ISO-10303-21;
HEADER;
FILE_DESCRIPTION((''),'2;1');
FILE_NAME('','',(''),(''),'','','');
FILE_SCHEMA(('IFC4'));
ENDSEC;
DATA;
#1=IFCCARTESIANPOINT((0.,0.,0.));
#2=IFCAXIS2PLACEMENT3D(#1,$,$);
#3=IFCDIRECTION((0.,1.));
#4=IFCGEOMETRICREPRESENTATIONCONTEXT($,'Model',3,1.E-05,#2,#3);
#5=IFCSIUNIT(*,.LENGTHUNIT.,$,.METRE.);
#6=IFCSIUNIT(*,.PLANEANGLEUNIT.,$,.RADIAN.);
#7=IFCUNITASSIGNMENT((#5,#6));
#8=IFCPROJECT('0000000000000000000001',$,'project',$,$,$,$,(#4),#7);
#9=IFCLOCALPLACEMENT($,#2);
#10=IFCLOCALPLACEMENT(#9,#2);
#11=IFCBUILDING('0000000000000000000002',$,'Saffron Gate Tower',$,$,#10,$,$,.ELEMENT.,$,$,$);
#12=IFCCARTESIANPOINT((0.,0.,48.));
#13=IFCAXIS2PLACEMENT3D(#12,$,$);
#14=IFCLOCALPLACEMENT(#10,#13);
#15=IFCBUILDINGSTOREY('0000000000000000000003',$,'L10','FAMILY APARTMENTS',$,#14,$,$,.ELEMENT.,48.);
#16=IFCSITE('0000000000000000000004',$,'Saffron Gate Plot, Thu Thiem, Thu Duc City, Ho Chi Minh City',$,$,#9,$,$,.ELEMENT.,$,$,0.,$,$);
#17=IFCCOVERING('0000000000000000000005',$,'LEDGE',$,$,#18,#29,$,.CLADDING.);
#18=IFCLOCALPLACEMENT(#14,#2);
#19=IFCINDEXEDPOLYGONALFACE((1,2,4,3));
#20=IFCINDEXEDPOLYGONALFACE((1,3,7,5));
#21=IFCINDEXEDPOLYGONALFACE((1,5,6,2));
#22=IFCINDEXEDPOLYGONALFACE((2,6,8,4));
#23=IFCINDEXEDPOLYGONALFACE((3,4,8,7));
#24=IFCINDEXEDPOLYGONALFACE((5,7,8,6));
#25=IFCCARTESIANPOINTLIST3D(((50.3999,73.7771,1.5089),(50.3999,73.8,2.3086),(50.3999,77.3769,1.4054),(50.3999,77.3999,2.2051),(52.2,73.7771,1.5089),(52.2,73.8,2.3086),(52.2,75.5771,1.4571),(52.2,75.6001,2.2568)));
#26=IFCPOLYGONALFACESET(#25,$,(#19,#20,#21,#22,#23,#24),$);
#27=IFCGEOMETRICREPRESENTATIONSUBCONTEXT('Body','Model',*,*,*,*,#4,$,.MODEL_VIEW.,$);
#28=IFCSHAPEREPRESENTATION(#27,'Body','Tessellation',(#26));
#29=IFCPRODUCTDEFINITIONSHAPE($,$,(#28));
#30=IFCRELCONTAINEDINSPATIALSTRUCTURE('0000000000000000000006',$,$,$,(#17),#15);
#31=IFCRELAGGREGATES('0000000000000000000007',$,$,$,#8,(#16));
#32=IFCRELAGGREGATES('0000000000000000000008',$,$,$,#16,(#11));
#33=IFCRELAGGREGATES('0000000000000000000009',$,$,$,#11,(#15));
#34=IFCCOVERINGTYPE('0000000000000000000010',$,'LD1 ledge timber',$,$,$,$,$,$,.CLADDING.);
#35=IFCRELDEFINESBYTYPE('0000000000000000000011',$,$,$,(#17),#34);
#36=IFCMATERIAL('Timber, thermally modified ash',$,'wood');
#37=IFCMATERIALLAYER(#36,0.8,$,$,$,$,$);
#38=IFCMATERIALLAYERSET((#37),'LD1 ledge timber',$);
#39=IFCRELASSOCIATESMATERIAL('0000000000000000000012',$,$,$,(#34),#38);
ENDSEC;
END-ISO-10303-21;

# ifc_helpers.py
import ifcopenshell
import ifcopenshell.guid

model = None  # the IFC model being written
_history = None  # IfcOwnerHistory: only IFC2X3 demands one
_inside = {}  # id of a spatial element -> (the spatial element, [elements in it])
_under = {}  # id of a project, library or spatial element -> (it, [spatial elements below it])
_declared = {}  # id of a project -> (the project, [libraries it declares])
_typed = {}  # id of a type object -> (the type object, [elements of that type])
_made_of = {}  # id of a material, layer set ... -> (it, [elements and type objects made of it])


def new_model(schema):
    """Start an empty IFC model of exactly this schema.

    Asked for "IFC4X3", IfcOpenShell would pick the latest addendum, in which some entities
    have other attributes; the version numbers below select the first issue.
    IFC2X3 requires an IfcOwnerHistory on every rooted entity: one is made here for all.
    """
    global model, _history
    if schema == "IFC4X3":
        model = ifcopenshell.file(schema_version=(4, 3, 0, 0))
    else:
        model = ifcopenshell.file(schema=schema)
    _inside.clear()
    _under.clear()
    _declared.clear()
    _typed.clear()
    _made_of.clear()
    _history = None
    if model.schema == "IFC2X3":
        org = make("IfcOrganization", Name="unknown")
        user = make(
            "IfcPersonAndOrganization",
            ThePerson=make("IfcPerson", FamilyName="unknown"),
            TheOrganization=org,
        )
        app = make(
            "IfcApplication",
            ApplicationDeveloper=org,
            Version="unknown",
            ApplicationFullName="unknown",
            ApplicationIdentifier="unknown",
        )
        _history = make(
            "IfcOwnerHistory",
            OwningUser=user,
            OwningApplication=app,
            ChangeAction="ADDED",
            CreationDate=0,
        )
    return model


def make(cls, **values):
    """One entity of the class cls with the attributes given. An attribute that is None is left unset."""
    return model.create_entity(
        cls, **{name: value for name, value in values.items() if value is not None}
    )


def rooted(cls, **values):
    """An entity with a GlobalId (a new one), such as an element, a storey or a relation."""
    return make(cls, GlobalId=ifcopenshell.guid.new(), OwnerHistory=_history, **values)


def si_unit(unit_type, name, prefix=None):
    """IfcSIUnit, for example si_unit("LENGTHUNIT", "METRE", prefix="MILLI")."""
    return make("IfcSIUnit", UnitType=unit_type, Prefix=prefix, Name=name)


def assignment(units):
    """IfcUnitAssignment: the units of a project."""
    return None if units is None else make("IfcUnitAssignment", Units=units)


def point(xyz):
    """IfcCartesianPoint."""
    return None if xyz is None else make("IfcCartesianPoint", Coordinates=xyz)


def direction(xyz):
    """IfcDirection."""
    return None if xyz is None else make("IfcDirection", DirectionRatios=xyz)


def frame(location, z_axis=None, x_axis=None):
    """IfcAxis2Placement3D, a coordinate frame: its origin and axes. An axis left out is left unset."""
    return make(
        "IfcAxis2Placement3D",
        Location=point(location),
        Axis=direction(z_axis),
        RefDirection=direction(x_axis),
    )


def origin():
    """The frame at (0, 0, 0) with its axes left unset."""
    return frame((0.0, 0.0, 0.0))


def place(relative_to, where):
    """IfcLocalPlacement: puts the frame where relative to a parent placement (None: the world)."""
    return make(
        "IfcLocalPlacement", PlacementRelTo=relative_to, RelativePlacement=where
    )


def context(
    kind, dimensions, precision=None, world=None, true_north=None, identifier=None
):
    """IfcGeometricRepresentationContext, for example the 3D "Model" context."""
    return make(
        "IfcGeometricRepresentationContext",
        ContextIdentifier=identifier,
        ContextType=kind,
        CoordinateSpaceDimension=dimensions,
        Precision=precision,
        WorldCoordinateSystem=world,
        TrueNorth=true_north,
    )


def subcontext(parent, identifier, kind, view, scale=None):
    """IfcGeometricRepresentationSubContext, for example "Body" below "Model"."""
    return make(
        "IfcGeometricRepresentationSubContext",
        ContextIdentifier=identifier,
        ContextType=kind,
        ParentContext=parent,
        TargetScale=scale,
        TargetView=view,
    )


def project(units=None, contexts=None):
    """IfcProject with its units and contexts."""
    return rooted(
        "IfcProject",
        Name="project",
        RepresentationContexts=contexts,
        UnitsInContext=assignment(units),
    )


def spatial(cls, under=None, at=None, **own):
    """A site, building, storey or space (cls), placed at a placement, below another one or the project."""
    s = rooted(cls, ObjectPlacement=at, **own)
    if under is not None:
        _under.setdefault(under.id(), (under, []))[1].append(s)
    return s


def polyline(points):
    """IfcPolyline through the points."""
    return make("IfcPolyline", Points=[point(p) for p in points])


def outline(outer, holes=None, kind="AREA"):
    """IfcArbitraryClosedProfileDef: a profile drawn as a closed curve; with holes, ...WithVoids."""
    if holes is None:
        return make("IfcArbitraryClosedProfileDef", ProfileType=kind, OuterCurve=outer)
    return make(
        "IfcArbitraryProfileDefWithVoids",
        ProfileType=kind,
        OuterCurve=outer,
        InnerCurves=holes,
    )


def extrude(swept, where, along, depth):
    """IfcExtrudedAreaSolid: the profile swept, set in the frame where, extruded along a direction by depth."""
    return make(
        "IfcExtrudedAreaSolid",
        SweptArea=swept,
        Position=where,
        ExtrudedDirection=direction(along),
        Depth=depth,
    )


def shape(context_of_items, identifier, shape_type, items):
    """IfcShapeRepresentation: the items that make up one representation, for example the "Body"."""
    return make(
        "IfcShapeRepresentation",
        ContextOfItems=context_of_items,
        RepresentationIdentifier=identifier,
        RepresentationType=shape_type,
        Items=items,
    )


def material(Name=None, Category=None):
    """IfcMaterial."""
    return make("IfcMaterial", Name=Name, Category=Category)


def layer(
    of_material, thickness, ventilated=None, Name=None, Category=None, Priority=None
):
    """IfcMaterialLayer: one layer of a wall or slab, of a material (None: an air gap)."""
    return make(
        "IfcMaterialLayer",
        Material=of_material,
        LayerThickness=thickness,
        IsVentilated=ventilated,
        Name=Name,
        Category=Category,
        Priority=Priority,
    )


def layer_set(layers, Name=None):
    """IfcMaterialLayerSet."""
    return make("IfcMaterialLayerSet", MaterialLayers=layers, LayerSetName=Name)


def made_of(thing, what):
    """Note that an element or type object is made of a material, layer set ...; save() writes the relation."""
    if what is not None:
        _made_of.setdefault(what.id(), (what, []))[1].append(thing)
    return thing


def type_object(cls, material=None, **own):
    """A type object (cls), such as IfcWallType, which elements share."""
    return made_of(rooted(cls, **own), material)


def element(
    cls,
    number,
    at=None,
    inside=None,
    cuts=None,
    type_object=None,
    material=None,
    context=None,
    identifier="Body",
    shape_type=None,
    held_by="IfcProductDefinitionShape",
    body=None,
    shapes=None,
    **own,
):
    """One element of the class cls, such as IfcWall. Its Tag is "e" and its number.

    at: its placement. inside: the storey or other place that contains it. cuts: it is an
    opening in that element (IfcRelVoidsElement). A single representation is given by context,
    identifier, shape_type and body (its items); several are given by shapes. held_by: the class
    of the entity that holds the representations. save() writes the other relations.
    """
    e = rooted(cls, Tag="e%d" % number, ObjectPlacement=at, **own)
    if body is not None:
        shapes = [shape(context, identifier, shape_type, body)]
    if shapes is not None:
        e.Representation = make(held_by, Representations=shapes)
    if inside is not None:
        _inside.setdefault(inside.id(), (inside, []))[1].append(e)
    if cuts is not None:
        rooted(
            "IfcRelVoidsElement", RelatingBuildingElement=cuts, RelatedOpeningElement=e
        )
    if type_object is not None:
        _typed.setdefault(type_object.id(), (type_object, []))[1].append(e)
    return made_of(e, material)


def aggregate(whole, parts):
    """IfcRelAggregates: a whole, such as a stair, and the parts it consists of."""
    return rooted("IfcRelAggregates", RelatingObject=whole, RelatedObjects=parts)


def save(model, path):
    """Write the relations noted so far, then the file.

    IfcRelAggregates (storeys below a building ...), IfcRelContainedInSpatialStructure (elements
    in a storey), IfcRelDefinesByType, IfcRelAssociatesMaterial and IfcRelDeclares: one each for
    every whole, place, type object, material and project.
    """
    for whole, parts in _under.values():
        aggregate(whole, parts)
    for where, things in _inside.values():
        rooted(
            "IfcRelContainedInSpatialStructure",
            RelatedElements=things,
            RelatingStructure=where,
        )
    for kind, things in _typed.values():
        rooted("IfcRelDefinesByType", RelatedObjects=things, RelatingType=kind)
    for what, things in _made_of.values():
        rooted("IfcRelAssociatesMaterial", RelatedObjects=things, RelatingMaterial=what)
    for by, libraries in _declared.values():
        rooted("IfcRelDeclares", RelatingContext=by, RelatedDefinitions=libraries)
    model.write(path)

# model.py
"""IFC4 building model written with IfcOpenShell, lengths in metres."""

from ifc_helpers import new_model, si_unit, direction, frame, origin, place, context, subcontext, project, spatial, polyline, outline, extrude, material, layer, layer_set, type_object, element, save


model = new_model("IFC4")

# Units and contexts
model_context = context("Model", 3, precision=1e-05, world=origin(), true_north=direction((0.0, 1.0)))
body_context = subcontext(model_context, "Body", "Model", "MODEL_VIEW")
ifc_project = project(units=[si_unit("LENGTHUNIT", "METRE"), si_unit("PLANEANGLEUNIT", "RADIAN")], contexts=[model_context])

# Site, building, storey
site_placement = place(None, origin())
site = spatial("IfcSite", under=ifc_project, at=site_placement, Name="Saffron Gate Plot, Thu Thiem, Thu Duc City, Ho Chi Minh City", CompositionType="ELEMENT", RefElevation=0.0)
building_placement = place(site_placement, origin())
building = spatial("IfcBuilding", under=site, at=building_placement, Name="Saffron Gate Tower", CompositionType="ELEMENT")
storey_placement = place(building_placement, frame((0.0, 0.0, 48.0)))
storey = spatial("IfcBuildingStorey", under=building, at=storey_placement, Name="L10", Description="FAMILY APARTMENTS", CompositionType="ELEMENT", Elevation=48.0)

# Covering
ifc_material_1 = material(Name="Timber, thermally modified ash", Category="wood")
ifc_layer_1 = layer(ifc_material_1, 0.8)
ifc_layer_set_1 = layer_set([ifc_layer_1], Name="LD1 ledge timber")
covering_type = type_object("IfcCoveringType", Name="LD1 ledge timber", PredefinedType="CLADDING", material=ifc_layer_set_1)
covering_placement = place(storey_placement, frame((52.2, 75.6001, 2.2568), z_axis=(-0.000001, 0.028743, 0.999587), x_axis=(0.0, -0.999587, 0.028743)))
element("IfcCovering", 1, at=covering_placement, inside=storey, type_object=covering_type, Name="LEDGE", PredefinedType="CLADDING", context=body_context, shape_type="SweptSolid", body=[
    extrude(outline(polyline([(0.0, 0.0), (1.8008, 0.0), (1.8008, -1.8), (-1.8005, -1.8), (0.0, 0.0)])), origin(), (0.0, 0.0, -1.0), 0.8),
])

save(model, "model.ifc")
